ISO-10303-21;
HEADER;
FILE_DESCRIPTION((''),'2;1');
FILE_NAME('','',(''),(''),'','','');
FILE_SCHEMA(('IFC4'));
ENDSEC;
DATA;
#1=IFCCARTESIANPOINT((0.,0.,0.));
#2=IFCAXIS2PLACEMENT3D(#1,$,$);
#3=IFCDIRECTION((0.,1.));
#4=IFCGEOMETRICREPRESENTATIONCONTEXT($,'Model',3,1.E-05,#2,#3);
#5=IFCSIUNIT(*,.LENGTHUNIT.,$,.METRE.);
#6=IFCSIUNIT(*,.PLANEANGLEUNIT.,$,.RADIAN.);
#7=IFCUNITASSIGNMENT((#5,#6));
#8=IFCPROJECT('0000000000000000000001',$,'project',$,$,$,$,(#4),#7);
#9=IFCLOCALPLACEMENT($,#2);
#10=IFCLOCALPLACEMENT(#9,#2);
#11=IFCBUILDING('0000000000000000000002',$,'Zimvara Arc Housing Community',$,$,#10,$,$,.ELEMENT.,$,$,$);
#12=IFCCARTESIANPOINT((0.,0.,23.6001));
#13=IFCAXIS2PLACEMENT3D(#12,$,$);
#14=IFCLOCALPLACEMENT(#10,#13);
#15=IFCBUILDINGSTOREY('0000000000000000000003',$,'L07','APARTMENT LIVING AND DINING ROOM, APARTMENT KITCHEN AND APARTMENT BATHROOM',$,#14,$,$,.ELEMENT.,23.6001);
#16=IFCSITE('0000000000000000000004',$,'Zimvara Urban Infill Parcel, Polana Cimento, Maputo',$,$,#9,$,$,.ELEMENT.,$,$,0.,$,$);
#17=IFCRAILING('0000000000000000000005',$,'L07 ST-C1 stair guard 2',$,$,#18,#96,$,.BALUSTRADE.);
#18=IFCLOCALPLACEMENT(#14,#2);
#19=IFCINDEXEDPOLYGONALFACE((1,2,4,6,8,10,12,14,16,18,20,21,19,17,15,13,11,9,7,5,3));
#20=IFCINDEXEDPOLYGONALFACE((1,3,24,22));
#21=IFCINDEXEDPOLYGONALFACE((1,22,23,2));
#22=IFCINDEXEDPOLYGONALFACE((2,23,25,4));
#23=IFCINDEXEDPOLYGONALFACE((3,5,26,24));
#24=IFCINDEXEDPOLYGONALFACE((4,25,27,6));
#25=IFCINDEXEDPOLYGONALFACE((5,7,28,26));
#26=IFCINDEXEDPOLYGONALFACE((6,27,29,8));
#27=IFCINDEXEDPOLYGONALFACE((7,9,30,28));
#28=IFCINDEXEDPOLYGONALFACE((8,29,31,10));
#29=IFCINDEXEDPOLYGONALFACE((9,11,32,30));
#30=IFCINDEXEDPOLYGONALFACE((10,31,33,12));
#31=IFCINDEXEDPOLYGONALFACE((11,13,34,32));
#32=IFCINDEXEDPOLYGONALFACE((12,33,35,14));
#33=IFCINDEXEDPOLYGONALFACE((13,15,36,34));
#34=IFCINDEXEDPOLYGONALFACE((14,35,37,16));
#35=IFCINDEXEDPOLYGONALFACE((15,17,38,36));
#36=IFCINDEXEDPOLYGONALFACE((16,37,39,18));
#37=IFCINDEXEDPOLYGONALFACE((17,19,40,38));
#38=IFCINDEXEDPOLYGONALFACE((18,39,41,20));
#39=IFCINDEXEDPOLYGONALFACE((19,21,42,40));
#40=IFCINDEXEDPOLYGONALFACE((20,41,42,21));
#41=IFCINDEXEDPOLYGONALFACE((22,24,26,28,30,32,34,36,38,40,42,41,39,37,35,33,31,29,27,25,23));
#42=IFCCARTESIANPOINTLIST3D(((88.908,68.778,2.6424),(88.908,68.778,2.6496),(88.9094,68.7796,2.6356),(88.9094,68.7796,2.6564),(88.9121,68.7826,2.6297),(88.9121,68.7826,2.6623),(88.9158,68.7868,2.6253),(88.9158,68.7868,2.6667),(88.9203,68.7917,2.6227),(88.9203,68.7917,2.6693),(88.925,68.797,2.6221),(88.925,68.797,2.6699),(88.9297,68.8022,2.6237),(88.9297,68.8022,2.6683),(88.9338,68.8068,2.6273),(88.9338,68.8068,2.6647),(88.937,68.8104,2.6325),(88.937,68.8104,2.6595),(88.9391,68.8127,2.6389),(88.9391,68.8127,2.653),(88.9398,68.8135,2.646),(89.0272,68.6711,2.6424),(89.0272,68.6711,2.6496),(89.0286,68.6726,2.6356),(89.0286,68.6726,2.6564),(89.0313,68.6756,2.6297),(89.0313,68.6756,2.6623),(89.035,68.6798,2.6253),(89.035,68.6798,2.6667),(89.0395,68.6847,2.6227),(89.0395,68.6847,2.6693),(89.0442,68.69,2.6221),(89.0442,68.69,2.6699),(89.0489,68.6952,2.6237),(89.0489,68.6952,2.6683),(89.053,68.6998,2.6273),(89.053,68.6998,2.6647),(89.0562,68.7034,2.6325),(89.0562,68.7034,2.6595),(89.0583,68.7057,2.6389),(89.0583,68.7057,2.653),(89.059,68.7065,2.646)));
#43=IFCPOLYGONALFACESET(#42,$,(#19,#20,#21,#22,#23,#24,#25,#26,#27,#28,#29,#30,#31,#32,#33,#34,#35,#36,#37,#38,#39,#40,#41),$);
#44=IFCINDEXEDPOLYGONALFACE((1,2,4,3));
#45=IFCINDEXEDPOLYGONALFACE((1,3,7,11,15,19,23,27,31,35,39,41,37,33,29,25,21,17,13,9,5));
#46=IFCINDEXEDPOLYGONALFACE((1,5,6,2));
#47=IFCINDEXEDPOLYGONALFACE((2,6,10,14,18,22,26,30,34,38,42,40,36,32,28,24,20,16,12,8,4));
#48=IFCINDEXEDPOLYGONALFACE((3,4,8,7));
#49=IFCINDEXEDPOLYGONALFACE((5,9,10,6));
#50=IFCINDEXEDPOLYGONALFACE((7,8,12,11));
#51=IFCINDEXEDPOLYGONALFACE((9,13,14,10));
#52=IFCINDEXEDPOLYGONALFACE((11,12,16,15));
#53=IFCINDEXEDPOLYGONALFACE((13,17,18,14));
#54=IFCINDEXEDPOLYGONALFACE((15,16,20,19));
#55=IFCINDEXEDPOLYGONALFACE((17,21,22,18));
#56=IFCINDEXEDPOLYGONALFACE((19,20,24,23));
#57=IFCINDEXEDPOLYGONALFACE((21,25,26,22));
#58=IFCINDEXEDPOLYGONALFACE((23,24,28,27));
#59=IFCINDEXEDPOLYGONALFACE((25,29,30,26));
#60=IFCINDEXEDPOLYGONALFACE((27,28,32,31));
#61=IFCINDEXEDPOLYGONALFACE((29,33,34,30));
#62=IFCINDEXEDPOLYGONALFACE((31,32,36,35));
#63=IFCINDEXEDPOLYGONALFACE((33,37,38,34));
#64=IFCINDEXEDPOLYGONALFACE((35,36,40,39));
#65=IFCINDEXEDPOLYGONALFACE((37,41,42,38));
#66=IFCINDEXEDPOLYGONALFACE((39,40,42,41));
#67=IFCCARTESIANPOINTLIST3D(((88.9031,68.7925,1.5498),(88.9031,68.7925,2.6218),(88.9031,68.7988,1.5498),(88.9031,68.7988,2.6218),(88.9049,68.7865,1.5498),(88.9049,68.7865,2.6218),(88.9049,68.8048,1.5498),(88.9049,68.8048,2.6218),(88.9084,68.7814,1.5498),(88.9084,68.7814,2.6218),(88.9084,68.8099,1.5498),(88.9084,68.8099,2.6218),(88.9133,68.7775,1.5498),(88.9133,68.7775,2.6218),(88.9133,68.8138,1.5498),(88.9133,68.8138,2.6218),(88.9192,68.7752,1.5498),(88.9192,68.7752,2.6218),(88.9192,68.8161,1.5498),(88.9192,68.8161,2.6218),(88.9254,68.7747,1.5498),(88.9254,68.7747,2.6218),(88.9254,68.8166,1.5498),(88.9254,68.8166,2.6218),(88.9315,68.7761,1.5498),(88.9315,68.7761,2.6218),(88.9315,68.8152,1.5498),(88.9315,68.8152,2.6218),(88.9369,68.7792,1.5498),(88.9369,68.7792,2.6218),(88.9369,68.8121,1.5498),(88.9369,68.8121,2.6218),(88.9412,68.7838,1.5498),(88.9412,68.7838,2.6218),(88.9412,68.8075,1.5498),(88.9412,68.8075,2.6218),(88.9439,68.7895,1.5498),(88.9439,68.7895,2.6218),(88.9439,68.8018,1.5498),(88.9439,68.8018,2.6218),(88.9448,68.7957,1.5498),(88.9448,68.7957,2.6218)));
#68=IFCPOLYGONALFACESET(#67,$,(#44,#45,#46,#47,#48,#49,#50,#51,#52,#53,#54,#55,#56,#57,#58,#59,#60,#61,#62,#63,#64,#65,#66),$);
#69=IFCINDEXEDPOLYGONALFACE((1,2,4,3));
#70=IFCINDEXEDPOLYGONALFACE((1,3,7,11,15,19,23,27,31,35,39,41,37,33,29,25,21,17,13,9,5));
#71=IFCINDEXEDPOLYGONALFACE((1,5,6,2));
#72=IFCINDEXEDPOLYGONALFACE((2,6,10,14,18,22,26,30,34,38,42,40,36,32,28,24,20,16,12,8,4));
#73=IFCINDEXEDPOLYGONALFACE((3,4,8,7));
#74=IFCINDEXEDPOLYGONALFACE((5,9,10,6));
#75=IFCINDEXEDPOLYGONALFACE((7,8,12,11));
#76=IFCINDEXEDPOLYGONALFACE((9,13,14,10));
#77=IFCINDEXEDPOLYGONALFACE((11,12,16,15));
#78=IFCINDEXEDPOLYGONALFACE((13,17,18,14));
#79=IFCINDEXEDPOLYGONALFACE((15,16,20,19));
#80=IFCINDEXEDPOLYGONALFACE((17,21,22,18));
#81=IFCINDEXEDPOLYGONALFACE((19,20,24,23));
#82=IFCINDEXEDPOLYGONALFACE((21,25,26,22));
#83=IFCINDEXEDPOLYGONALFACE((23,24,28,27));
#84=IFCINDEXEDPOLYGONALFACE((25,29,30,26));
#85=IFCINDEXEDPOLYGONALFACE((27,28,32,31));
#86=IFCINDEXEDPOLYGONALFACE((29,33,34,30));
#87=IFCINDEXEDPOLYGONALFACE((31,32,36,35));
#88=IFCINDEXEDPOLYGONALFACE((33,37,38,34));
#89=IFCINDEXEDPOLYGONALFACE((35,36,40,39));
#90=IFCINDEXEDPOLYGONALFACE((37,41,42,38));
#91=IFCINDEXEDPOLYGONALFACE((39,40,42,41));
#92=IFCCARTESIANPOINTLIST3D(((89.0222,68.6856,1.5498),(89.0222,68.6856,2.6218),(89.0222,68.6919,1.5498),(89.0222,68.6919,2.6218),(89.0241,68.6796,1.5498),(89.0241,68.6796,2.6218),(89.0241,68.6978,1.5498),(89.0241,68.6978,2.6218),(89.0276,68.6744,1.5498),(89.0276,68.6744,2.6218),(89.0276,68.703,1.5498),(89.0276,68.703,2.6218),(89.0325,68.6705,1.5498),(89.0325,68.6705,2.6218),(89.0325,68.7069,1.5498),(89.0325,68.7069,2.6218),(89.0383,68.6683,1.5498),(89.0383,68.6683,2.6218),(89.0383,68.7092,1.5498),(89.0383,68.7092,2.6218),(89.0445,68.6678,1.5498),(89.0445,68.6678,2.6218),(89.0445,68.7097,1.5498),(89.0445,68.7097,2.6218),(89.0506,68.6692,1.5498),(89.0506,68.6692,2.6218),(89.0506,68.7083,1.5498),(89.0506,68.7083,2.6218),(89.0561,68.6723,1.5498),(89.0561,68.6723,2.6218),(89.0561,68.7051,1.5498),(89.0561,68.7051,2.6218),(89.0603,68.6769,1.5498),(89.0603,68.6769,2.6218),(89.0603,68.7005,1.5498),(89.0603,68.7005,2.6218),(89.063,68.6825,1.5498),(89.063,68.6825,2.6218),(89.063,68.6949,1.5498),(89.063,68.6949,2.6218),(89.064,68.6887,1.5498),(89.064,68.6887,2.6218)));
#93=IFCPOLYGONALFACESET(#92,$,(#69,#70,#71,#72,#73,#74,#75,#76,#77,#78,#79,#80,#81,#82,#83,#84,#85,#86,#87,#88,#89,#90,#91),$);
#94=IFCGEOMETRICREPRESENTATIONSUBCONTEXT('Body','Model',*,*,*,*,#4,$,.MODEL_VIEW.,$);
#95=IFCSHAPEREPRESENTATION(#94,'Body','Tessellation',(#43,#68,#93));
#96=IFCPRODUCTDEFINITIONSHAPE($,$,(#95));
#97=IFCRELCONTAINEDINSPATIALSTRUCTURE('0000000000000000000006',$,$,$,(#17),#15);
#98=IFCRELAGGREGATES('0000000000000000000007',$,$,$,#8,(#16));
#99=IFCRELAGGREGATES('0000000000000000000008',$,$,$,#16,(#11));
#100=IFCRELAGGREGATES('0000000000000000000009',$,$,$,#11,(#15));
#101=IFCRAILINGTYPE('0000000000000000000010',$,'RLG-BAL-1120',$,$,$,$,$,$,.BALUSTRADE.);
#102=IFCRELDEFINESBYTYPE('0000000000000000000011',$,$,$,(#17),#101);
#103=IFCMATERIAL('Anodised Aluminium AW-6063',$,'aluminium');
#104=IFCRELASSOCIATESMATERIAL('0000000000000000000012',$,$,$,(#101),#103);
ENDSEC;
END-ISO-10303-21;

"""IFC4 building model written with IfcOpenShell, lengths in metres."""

from ifc_helpers import new_model, si_unit, direction, frame, origin, origin_2d, place, context, subcontext, project, spatial, circle, extrude, material, type_object, element, save


model = new_model("IFC4")

# Units and contexts
model_context = context("Model", 3, precision=1e-05, world=origin(), true_north=direction((0.0, 1.0)))
body_context = subcontext(model_context, "Body", "Model", "MODEL_VIEW")
ifc_project = project(units=[si_unit("LENGTHUNIT", "METRE"), si_unit("PLANEANGLEUNIT", "RADIAN")], contexts=[model_context])

# Site, building, storey
site_placement = place(None, origin())
site = spatial("IfcSite", under=ifc_project, at=site_placement, Name="Zimvara Urban Infill Parcel, Polana Cimento, Maputo", CompositionType="ELEMENT", RefElevation=0.0)
building_placement = place(site_placement, origin())
building = spatial("IfcBuilding", under=site, at=building_placement, Name="Zimvara Arc Housing Community", CompositionType="ELEMENT")
storey_placement = place(building_placement, frame((0.0, 0.0, 23.6001)))
storey = spatial("IfcBuildingStorey", under=building, at=storey_placement, Name="L07", Description="APARTMENT LIVING AND DINING ROOM, APARTMENT KITCHEN AND APARTMENT BATHROOM", CompositionType="ELEMENT", Elevation=23.6001)

# Railing
ifc_material_1 = material(Name="Anodised Aluminium AW-6063", Category="aluminium")
railing_type_1 = type_object("IfcRailingType", Name="RLG-BAL-1120", PredefinedType="BALUSTRADE", material=ifc_material_1)
railing_1_placement = place(storey_placement, frame((88.9238, 68.7957, 1.5498)))
element("IfcRailing", 1, at=railing_1_placement, inside=storey, type_object=railing_type_1, Name="L07 ST-C1 stair guard 2", PredefinedType="BALUSTRADE", context=body_context, shape_type="SweptSolid", body=[
    extrude(circle(Radius=0.0239, at=origin_2d()), frame((0.0, 0.0, 1.0962), z_axis=(0.744203, -0.667953, 0.0), x_axis=(0.667953, 0.744203, 0.0)), (0.0, 0.0, 1.0), 0.1602),
    extrude(circle(Radius=0.021, at=origin_2d()), origin(), (0.0, 0.0, 1.0), 1.072),
    extrude(circle(Radius=0.021, at=origin_2d()), frame((0.1191, -0.1069, 0.0)), (0.0, 0.0, 1.0), 1.072),
])

save(model, "model.ifc")
